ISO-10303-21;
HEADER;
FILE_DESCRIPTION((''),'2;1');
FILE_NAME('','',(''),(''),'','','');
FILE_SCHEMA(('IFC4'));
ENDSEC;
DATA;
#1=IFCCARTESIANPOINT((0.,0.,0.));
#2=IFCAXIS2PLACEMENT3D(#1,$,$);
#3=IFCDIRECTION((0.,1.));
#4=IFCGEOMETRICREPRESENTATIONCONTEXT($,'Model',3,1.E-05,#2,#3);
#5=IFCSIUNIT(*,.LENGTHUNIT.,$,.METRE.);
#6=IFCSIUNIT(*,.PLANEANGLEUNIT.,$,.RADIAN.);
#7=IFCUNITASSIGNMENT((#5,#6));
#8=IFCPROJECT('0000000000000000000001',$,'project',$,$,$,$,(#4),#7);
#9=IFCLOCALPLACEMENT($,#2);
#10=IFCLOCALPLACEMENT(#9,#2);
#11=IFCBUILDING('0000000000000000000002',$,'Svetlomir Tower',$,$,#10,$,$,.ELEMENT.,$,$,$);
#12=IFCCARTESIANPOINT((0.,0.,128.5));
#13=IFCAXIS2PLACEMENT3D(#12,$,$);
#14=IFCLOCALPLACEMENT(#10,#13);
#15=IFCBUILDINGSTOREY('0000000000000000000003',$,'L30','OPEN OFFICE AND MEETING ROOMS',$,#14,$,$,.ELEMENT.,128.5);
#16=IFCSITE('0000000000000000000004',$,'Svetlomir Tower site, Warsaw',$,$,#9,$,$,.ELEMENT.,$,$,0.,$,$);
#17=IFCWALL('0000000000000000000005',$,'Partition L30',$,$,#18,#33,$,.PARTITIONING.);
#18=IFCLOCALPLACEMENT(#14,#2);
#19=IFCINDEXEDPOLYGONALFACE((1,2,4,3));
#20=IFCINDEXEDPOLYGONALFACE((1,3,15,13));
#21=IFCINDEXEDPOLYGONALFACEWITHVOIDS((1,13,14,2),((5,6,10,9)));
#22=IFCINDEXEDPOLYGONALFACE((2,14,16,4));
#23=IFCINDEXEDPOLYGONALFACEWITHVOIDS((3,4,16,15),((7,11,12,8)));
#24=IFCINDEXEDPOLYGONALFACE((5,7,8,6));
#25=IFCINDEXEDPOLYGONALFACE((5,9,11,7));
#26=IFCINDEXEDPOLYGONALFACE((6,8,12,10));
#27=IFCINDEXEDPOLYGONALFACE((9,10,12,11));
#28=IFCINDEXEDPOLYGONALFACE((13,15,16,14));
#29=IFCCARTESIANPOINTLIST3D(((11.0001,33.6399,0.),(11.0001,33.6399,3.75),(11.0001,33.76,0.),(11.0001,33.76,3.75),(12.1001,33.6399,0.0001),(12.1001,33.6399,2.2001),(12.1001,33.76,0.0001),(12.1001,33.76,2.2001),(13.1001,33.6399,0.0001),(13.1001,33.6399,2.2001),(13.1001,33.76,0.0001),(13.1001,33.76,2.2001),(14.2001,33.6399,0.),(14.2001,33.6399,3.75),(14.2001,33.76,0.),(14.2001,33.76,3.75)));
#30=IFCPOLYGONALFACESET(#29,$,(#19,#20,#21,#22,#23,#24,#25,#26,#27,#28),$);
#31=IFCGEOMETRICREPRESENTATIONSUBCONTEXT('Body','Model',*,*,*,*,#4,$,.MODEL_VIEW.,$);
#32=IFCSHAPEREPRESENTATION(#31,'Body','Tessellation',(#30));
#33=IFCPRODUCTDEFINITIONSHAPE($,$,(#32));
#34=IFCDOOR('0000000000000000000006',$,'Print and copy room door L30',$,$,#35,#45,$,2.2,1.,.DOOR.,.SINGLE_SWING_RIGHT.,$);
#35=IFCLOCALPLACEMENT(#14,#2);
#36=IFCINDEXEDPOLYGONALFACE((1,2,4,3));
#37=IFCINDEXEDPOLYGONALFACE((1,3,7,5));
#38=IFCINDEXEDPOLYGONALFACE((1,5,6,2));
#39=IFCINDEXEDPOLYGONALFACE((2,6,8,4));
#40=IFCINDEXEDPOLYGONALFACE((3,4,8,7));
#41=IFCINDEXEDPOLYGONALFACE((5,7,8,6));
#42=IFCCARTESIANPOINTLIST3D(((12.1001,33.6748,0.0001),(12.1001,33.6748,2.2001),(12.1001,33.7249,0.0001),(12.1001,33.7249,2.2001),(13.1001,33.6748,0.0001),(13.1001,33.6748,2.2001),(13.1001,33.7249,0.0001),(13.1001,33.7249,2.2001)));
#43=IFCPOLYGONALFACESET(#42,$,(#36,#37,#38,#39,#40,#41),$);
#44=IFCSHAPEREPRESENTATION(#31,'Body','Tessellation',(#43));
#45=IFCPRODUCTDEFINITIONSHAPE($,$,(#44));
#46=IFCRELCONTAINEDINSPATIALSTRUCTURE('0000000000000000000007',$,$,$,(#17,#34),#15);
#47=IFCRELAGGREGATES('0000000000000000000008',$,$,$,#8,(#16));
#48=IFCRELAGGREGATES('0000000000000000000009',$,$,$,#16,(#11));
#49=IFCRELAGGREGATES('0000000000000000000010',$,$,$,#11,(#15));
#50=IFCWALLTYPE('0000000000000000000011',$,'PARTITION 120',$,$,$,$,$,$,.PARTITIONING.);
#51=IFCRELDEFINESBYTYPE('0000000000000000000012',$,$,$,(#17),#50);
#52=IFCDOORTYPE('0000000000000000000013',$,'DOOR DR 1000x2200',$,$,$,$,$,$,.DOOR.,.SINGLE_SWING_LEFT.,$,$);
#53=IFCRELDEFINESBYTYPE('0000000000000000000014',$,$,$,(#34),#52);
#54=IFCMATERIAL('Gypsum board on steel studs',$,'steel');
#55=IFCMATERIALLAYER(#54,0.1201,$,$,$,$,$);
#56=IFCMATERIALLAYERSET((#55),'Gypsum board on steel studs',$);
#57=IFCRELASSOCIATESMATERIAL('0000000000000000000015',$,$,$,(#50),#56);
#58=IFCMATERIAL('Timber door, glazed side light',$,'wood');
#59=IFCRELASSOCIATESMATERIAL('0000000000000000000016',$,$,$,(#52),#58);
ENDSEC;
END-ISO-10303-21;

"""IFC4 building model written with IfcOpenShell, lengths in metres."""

from ifc_helpers import new_model, si_unit, direction, frame, frame_2d, origin, place, context, subcontext, project, spatial, rectangle, extrude, material, layer, layer_set, type_object, element, fill, save


model = new_model("IFC4")

# Units and contexts
model_context = context("Model", 3, precision=1e-05, world=origin(), true_north=direction((0.0, 1.0)))
body_context = subcontext(model_context, "Body", "Model", "MODEL_VIEW")
ifc_project = project(units=[si_unit("LENGTHUNIT", "METRE"), si_unit("PLANEANGLEUNIT", "RADIAN")], contexts=[model_context])

# Site, building, storey
site_placement = place(None, origin())
site = spatial("IfcSite", under=ifc_project, at=site_placement, Name="Svetlomir Tower site, Warsaw", CompositionType="ELEMENT", RefElevation=0.0)
building_placement = place(site_placement, origin())
building = spatial("IfcBuilding", under=site, at=building_placement, Name="Svetlomir Tower", CompositionType="ELEMENT")
storey_placement = place(building_placement, frame((0.0, 0.0, 128.5)))
storey = spatial("IfcBuildingStorey", under=building, at=storey_placement, Name="L30", Description="OPEN OFFICE AND MEETING ROOMS", CompositionType="ELEMENT", Elevation=128.5)

# Wall, opening, door
ifc_material_1 = material(Name="Gypsum board on steel studs", Category="steel")
ifc_layer_1 = layer(ifc_material_1, 0.1201)
ifc_layer_set_1 = layer_set([ifc_layer_1], Name="Gypsum board on steel studs")
wall_type = type_object("IfcWallType", Name="PARTITION 120", PredefinedType="PARTITIONING", material=ifc_layer_set_1)
wall_placement = place(storey_placement, frame((11.0, 33.7, 0.0), z_axis=(0.0, 0.0, 1.0), x_axis=(1.0, 0.0, 0.0)))
wall = element("IfcWall", 1, at=wall_placement, inside=storey, type_object=wall_type, Name="Partition L30", PredefinedType="PARTITIONING", context=body_context, shape_type="SweptSolid", body=[
    extrude(rectangle(XDim=3.2, YDim=0.1201, at=frame_2d((1.6001, 0.0))), origin(), (0.0, 0.0, 1.0), 3.75),
])
opening_placement = place(wall_placement, frame((1.1001, 0.0, 0.0)))
opening = element("IfcOpeningElement", 2, at=opening_placement, cuts=wall, PredefinedType="OPENING", context=body_context, shape_type="SweptSolid", body=[
    extrude(rectangle(XDim=1.0, YDim=2.2, at=frame_2d((0.5, 1.1001))), frame((0.0, 0.0701, 0.0), z_axis=(0.0, -1.0, 0.0), x_axis=(1.0, 0.0, 0.0)), (0.0, 0.0, 1.0), 0.1401),
])
ifc_material_2 = material(Name="Timber door, glazed side light", Category="wood")
door_type = type_object("IfcDoorType", Name="DOOR DR 1000x2200", OperationType="SINGLE_SWING_LEFT", PredefinedType="DOOR", material=ifc_material_2)
door_placement = place(opening_placement, origin())
door = element("IfcDoor", 3, at=door_placement, inside=storey, type_object=door_type, Name="Print and copy room door L30", OperationType="SINGLE_SWING_RIGHT", OverallHeight=2.2, OverallWidth=1.0, PredefinedType="DOOR", context=body_context, shape_type="SweptSolid", body=[
    extrude(rectangle(XDim=1.0, YDim=2.2, at=frame_2d((0.5, 1.1001))), frame((0.0, 0.0249, 0.0), z_axis=(0.0, -1.0, 0.0), x_axis=(1.0, 0.0, 0.0)), (0.0, 0.0, 1.0), 0.05),
])
fill(opening, door)

save(model, "model.ifc")
